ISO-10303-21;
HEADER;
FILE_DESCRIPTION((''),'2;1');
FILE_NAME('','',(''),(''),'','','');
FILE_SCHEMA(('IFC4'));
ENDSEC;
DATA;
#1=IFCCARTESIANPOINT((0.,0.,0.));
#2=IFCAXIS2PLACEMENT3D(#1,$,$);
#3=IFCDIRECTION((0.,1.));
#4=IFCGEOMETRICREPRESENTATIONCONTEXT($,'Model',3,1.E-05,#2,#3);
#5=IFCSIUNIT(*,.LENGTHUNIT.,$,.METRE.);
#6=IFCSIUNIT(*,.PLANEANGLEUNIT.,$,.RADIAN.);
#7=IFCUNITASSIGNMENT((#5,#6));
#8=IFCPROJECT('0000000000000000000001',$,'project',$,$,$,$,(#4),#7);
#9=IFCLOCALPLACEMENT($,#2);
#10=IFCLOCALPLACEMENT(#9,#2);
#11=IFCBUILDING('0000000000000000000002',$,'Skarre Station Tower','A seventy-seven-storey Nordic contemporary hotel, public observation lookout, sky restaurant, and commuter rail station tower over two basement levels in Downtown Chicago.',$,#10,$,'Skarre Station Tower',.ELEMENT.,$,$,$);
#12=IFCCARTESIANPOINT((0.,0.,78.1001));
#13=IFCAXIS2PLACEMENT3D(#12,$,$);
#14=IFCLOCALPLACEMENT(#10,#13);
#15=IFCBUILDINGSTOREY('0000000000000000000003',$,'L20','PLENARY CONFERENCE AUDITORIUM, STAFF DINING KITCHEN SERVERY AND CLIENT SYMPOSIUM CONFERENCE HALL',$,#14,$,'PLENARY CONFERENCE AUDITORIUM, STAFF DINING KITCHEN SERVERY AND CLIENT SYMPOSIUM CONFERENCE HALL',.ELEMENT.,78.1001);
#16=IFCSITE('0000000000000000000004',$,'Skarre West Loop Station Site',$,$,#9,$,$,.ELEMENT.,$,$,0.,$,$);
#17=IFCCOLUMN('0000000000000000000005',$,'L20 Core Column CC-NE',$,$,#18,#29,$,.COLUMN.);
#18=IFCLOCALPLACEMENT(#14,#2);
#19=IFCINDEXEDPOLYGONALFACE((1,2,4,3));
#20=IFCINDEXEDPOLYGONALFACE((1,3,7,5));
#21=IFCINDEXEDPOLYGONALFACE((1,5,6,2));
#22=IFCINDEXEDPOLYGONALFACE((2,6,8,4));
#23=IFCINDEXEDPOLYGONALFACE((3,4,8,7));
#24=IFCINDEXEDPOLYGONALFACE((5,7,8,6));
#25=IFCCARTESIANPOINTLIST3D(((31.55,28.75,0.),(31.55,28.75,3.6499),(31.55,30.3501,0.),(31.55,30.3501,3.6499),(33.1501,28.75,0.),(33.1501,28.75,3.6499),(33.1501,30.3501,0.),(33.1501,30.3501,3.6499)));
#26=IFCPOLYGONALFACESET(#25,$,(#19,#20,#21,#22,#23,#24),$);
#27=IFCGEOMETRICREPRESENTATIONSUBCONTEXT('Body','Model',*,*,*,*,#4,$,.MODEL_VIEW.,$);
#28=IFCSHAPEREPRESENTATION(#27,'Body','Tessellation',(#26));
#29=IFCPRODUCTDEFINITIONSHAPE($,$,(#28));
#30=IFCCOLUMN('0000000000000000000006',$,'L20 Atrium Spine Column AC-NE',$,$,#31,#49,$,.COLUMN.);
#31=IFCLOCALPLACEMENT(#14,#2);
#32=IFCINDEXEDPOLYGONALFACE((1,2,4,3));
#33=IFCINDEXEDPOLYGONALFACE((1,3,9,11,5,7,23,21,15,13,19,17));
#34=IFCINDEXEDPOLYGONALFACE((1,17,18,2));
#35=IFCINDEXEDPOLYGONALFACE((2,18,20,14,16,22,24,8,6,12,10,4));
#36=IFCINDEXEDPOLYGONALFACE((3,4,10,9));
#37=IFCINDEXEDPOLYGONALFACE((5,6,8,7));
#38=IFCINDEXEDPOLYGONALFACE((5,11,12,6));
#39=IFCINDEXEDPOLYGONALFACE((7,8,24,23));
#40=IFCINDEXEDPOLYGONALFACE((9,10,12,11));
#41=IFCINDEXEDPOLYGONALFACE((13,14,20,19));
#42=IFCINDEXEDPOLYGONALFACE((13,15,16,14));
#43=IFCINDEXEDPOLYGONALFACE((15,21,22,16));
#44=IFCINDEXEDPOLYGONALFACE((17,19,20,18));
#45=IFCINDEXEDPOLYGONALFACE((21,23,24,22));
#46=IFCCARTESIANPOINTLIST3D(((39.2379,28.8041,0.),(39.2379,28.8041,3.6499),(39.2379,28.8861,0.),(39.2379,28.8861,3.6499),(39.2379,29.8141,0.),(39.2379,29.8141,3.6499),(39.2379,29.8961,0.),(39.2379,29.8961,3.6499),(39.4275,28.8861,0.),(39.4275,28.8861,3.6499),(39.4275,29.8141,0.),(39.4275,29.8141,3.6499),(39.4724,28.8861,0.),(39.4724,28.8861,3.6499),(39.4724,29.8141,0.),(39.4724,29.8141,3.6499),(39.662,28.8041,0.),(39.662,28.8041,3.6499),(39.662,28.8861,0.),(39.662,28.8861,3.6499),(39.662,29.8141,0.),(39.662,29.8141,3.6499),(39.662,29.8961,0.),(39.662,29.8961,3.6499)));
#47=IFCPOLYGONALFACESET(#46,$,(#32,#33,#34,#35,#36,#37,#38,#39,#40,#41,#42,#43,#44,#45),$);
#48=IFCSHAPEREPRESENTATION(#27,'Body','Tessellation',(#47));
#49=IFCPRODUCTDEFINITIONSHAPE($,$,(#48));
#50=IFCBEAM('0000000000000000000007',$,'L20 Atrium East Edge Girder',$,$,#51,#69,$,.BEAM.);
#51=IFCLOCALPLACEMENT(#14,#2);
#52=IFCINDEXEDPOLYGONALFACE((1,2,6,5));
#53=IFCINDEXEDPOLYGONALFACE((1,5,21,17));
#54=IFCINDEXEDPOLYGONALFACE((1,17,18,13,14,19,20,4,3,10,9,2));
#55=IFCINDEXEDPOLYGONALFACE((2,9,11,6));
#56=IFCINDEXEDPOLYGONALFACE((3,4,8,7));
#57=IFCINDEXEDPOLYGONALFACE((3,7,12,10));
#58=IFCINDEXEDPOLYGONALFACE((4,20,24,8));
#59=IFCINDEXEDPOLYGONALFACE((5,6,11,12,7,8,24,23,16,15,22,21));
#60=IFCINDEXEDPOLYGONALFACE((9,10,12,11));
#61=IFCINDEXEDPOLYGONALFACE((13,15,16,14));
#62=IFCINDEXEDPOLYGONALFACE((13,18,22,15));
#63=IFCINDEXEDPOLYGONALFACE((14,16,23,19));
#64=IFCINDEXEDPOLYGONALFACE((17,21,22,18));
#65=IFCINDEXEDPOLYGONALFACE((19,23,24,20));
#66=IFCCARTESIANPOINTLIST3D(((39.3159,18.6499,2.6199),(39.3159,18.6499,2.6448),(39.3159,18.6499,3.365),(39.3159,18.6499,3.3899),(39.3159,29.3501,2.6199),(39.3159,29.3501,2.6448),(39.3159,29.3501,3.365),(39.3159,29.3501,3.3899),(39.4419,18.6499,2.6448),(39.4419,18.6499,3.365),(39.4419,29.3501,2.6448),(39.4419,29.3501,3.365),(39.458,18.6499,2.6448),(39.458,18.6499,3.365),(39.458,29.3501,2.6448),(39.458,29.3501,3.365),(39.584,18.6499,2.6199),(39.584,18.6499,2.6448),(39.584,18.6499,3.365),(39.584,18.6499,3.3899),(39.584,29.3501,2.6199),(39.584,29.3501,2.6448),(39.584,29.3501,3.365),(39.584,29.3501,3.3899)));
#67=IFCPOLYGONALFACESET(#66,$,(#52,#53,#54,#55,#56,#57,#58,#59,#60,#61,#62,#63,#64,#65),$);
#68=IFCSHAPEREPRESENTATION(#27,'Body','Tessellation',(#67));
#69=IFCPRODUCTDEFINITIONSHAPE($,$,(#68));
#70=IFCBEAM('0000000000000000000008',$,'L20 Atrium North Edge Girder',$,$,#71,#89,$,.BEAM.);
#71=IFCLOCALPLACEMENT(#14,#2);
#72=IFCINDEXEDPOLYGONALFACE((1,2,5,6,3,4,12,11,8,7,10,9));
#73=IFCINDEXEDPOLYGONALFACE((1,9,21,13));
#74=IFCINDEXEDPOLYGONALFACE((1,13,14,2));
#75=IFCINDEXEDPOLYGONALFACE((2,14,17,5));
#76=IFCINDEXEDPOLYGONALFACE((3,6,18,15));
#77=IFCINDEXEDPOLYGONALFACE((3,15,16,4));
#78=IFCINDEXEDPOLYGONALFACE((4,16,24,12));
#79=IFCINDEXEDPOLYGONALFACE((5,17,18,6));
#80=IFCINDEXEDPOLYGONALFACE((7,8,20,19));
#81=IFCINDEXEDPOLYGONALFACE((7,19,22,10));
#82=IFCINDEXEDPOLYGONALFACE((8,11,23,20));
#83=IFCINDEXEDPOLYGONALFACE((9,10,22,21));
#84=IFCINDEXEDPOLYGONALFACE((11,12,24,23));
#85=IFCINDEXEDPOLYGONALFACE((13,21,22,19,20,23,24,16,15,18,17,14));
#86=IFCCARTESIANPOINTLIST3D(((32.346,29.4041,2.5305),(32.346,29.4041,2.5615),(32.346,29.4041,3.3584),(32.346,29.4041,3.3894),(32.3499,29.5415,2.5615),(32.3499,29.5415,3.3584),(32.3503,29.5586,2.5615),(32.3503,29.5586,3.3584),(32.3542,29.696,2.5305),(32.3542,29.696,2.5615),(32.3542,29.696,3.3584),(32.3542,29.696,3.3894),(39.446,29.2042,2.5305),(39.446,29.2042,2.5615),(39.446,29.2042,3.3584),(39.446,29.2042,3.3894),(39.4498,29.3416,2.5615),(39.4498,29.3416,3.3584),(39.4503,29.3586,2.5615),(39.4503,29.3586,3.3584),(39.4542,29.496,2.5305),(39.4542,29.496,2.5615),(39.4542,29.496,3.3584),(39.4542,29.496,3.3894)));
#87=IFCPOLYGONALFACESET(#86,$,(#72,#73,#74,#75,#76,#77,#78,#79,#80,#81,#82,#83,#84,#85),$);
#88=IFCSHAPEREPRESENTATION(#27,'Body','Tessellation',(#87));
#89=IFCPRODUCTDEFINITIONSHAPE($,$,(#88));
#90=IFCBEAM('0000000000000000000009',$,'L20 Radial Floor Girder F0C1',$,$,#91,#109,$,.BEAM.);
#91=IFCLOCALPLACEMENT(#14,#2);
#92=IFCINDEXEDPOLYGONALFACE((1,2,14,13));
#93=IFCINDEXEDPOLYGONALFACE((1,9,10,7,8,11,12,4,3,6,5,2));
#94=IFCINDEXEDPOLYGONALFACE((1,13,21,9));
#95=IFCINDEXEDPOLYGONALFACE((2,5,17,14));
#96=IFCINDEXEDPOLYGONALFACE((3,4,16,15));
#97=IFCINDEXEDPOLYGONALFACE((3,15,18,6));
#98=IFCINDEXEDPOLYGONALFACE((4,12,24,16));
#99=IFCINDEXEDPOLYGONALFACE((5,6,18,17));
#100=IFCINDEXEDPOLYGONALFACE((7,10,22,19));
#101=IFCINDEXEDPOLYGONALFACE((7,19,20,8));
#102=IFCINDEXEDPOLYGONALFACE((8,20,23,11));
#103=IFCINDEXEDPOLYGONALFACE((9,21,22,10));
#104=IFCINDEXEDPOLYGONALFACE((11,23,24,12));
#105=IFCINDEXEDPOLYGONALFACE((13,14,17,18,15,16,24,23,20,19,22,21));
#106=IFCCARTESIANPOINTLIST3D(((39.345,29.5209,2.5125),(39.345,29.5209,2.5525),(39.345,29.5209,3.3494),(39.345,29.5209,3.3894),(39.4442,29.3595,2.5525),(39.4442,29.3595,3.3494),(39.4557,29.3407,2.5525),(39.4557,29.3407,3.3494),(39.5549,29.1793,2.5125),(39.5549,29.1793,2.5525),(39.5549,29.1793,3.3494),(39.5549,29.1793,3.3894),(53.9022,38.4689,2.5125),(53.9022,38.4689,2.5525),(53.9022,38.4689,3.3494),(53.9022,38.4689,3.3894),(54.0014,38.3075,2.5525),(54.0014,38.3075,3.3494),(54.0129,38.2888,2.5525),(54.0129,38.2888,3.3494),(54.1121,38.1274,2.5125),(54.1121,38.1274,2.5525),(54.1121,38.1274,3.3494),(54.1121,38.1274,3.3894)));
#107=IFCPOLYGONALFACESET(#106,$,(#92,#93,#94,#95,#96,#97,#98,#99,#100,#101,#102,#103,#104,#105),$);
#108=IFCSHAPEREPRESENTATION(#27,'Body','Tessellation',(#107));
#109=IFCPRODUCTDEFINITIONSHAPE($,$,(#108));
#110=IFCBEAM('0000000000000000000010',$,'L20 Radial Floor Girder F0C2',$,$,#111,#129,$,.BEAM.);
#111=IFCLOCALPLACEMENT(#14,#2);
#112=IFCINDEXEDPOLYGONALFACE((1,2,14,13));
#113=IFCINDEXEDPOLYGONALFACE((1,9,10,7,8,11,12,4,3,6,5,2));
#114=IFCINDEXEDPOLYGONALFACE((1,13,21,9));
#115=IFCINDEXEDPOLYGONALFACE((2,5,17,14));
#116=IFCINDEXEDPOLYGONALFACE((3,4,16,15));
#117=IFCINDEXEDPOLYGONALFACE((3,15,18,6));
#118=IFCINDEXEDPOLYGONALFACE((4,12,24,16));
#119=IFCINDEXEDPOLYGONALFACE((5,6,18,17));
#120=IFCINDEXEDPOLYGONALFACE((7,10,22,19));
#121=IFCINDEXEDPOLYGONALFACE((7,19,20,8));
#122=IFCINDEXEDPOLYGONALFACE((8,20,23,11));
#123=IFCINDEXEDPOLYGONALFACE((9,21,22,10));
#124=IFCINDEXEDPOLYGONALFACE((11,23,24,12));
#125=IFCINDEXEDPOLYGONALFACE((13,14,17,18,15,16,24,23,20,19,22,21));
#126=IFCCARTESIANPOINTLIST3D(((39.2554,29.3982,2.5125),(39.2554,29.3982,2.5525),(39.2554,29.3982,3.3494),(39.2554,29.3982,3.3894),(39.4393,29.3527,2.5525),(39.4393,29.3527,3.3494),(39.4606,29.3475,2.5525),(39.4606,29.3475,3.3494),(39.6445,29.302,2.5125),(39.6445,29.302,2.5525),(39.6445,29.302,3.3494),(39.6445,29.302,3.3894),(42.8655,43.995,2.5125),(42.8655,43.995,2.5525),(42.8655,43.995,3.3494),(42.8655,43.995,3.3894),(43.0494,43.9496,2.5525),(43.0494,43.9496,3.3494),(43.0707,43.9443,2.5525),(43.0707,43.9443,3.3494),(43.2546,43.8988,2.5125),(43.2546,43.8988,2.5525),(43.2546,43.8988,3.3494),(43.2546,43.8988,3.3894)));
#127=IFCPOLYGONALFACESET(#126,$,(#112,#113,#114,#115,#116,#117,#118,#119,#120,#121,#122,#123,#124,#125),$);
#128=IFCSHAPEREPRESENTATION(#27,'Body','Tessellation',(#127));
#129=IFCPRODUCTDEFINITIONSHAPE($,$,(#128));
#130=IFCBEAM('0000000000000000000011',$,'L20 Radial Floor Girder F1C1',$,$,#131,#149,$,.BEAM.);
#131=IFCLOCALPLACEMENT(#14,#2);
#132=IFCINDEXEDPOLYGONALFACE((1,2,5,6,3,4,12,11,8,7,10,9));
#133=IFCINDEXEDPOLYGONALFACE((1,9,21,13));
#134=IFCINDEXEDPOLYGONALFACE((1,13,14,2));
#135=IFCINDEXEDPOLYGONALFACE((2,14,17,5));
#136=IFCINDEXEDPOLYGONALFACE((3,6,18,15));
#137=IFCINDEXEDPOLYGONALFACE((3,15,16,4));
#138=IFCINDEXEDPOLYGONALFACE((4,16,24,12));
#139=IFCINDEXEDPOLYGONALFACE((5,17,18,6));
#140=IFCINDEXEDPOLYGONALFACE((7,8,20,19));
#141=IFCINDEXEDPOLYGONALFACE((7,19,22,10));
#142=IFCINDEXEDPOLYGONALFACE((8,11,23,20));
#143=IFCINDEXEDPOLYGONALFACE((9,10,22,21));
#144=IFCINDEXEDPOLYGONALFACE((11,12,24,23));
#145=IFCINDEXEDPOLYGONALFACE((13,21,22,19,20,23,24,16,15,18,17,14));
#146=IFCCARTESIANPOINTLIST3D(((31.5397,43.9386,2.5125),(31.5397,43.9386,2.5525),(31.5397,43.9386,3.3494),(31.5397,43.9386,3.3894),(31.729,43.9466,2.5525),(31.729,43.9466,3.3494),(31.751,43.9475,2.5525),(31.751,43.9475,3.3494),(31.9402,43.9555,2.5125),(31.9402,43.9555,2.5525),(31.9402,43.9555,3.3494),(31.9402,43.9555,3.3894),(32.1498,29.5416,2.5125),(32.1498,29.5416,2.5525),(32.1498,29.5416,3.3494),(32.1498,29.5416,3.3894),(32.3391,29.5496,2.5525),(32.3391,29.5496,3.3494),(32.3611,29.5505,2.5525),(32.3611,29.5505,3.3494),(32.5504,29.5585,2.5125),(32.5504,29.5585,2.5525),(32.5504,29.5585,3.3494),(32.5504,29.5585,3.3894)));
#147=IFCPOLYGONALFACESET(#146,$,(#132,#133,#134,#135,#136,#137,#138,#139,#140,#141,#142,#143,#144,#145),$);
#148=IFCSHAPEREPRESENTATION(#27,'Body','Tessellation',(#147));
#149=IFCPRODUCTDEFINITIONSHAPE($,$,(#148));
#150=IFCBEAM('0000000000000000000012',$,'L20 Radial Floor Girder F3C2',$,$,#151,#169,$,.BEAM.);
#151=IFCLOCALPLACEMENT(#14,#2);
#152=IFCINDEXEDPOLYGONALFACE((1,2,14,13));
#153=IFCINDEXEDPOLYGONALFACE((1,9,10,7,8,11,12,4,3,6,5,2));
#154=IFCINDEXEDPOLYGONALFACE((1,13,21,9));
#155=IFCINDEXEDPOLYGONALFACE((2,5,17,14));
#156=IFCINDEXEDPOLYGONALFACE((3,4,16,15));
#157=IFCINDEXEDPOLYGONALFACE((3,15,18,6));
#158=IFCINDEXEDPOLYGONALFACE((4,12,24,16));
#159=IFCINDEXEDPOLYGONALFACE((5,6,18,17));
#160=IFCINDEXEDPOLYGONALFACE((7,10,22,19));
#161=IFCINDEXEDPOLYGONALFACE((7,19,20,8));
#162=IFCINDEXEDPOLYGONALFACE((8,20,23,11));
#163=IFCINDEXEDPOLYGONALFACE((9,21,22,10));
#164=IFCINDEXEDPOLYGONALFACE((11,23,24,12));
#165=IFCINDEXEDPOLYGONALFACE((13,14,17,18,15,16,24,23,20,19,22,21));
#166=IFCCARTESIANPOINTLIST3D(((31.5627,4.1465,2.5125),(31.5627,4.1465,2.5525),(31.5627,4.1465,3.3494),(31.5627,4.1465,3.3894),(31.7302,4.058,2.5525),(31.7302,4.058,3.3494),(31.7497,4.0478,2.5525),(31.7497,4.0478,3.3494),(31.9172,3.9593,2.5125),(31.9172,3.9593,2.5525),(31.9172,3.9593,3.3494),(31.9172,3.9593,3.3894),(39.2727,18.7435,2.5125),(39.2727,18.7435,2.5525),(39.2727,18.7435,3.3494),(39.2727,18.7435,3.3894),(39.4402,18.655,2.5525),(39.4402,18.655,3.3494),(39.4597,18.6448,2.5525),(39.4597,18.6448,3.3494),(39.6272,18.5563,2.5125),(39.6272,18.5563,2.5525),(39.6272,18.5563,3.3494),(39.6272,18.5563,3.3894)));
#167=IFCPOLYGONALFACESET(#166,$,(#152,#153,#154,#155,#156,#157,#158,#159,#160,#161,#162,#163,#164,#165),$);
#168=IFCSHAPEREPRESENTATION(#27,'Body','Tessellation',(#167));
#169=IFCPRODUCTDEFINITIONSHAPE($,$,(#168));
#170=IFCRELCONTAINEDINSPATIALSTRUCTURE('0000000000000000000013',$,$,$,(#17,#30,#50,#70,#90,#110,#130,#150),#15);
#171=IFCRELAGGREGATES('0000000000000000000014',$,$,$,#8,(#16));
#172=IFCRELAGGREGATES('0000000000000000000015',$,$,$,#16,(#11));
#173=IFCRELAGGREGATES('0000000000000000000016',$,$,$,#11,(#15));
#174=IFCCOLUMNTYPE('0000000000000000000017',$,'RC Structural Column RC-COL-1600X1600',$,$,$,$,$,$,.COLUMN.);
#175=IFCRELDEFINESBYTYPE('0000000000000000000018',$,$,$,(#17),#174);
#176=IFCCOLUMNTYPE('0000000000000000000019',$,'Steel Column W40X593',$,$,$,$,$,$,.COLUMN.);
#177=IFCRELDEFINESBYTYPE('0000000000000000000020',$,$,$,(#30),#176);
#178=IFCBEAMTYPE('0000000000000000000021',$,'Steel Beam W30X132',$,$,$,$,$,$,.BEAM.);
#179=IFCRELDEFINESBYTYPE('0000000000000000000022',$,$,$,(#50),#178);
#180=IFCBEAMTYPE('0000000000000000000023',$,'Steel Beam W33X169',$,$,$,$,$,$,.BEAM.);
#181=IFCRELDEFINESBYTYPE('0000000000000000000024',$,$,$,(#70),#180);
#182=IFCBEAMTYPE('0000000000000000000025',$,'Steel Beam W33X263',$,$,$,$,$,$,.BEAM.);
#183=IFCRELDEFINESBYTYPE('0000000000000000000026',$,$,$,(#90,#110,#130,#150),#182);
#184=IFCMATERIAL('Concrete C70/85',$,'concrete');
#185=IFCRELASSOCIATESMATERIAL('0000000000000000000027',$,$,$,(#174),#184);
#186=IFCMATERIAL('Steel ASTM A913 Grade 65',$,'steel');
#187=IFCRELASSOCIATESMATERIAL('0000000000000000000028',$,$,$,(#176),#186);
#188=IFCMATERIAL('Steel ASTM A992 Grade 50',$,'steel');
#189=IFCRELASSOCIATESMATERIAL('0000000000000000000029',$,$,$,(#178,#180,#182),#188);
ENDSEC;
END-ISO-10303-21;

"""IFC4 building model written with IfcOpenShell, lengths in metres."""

from ifc_helpers import new_model, si_unit, direction, frame, origin, origin_2d, place, context, subcontext, project, spatial, rectangle, i_section, extrude, material, material_profile, profile_set, type_object, element, save


model = new_model("IFC4")

# Units and contexts
model_context = context("Model", 3, precision=1e-05, world=origin(), true_north=direction((0.0, 1.0)))
body_context = subcontext(model_context, "Body", "Model", "MODEL_VIEW")
ifc_project = project(units=[si_unit("LENGTHUNIT", "METRE"), si_unit("PLANEANGLEUNIT", "RADIAN")], contexts=[model_context])

# Site, building, storey
site_placement = place(None, origin())
site = spatial("IfcSite", under=ifc_project, at=site_placement, Name="Skarre West Loop Station Site", CompositionType="ELEMENT", RefElevation=0.0)
building_placement = place(site_placement, origin())
building = spatial("IfcBuilding", under=site, at=building_placement, Name="Skarre Station Tower", Description="A seventy-seven-storey Nordic contemporary hotel, public observation lookout, sky restaurant, and commuter rail station tower over two basement levels in Downtown Chicago.", LongName="Skarre Station Tower", CompositionType="ELEMENT")
storey_placement = place(building_placement, frame((0.0, 0.0, 78.1001)))
storey = spatial("IfcBuildingStorey", under=building, at=storey_placement, Name="L20", Description="PLENARY CONFERENCE AUDITORIUM, STAFF DINING KITCHEN SERVERY AND CLIENT SYMPOSIUM CONFERENCE HALL", LongName="PLENARY CONFERENCE AUDITORIUM, STAFF DINING KITCHEN SERVERY AND CLIENT SYMPOSIUM CONFERENCE HALL", CompositionType="ELEMENT", Elevation=78.1001)

# Columns
ifc_material_1 = material(Name="Concrete C70/85", Category="concrete")
ifc_material_profile_1 = material_profile(ifc_material_1, rectangle(XDim=1.6001, YDim=1.6001, at=origin_2d()), Name="Concrete C70/85")
ifc_profile_set_1 = profile_set([ifc_material_profile_1], Name="Concrete C70/85")
column_type_1 = type_object("IfcColumnType", Name="RC Structural Column RC-COL-1600X1600", PredefinedType="COLUMN", material=ifc_profile_set_1)
column_1_placement = place(storey_placement, frame((32.3501, 29.55, 0.0), z_axis=(0.0, 0.0, 1.0), x_axis=(1.0, 0.0, 0.0)))
element("IfcColumn", 1, at=column_1_placement, inside=storey, type_object=column_type_1, Name="L20 Core Column CC-NE", PredefinedType="COLUMN", context=body_context, shape_type="SweptSolid", body=[
    extrude(rectangle(XDim=1.6001, YDim=1.6001, at=origin_2d()), origin(), (0.0, 0.0, 1.0), 3.6499),
])
ifc_material_2 = material(Name="Steel ASTM A913 Grade 65", Category="steel")
ifc_material_profile_2 = material_profile(ifc_material_2, i_section(OverallWidth=0.4241, OverallDepth=1.092, WebThickness=0.0449, FlangeThickness=0.082, at=origin_2d()), Name="Steel ASTM A913 Grade 65")
ifc_profile_set_2 = profile_set([ifc_material_profile_2], Name="Steel ASTM A913 Grade 65")
column_type_2 = type_object("IfcColumnType", Name="Steel Column W40X593", PredefinedType="COLUMN", material=ifc_profile_set_2)
column_2_placement = place(storey_placement, frame((39.45, 29.3501, 0.0), z_axis=(0.0, 0.0, 1.0), x_axis=(1.0, 0.0, 0.0)))
element("IfcColumn", 2, at=column_2_placement, inside=storey, type_object=column_type_2, Name="L20 Atrium Spine Column AC-NE", PredefinedType="COLUMN", context=body_context, shape_type="SweptSolid", body=[
    extrude(i_section(OverallWidth=0.4241, OverallDepth=1.092, WebThickness=0.0449, FlangeThickness=0.082, at=origin_2d()), origin(), (0.0, 0.0, 1.0), 3.6499),
])

# Beams
ifc_material_3 = material(Name="Steel ASTM A992 Grade 50", Category="steel")
ifc_material_profile_3 = material_profile(ifc_material_3, i_section(OverallWidth=0.2681, OverallDepth=0.77, WebThickness=0.0161, FlangeThickness=0.0249, at=origin_2d()), Name="Steel ASTM A992 Grade 50")
ifc_profile_set_3 = profile_set([ifc_material_profile_3], Name="Steel ASTM A992 Grade 50")
beam_type_1 = type_object("IfcBeamType", Name="Steel Beam W30X132", PredefinedType="BEAM", material=ifc_profile_set_3)
beam_1_placement = place(storey_placement, frame((39.45, 18.6499, 3.0049), z_axis=(0.0, 1.0, 0.0), x_axis=(-1.0, 0.0, 0.0)))
element("IfcBeam", 3, at=beam_1_placement, inside=storey, type_object=beam_type_1, Name="L20 Atrium East Edge Girder", PredefinedType="BEAM", context=body_context, shape_type="SweptSolid", body=[
    extrude(i_section(OverallWidth=0.2681, OverallDepth=0.77, WebThickness=0.0161, FlangeThickness=0.0249, at=origin_2d()), origin(), (0.0, 0.0, 1.0), 10.7002),
])
ifc_material_profile_4 = material_profile(ifc_material_3, i_section(OverallWidth=0.292, OverallDepth=0.8589, WebThickness=0.0171, FlangeThickness=0.031, at=origin_2d()), Name="Steel ASTM A992 Grade 50")
ifc_profile_set_4 = profile_set([ifc_material_profile_4], Name="Steel ASTM A992 Grade 50")
beam_type_2 = type_object("IfcBeamType", Name="Steel Beam W33X169", PredefinedType="BEAM", material=ifc_profile_set_4)
beam_2_placement = place(storey_placement, frame((32.3501, 29.55, 2.96), z_axis=(0.999604, -0.028152, 0.0), x_axis=(0.028152, 0.999604, 0.0)))
element("IfcBeam", 4, at=beam_2_placement, inside=storey, type_object=beam_type_2, Name="L20 Atrium North Edge Girder", PredefinedType="BEAM", context=body_context, shape_type="SweptSolid", body=[
    extrude(i_section(OverallWidth=0.292, OverallDepth=0.8589, WebThickness=0.0171, FlangeThickness=0.031, at=origin_2d()), origin(), (0.0, 0.0, 1.0), 7.1028),
])
ifc_material_profile_5 = material_profile(ifc_material_3, i_section(OverallWidth=0.4009, OverallDepth=0.877, WebThickness=0.022, FlangeThickness=0.04, at=origin_2d()), Name="Steel ASTM A992 Grade 50")
ifc_profile_set_5 = profile_set([ifc_material_profile_5], Name="Steel ASTM A992 Grade 50")
beam_type_3 = type_object("IfcBeamType", Name="Steel Beam W33X263", PredefinedType="BEAM", material=ifc_profile_set_5)
beam_3_placement = place(storey_placement, frame((39.45, 29.3501, 2.9509), z_axis=(0.851926, 0.523663, 0.0), x_axis=(-0.523663, 0.851926, 0.0)))
element("IfcBeam", 5, at=beam_3_placement, inside=storey, type_object=beam_type_3, Name="L20 Radial Floor Girder F0C1", PredefinedType="BEAM", context=body_context, shape_type="SweptSolid", body=[
    extrude(i_section(OverallWidth=0.4009, OverallDepth=0.877, WebThickness=0.022, FlangeThickness=0.04, at=origin_2d()), origin(), (0.0, 0.0, 1.0), 17.0874),
])
beam_4_placement = place(storey_placement, frame((39.45, 29.3501, 2.9509), z_axis=(0.240086, 0.970752, 0.0), x_axis=(-0.970752, 0.240086, 0.0)))
element("IfcBeam", 6, at=beam_4_placement, inside=storey, type_object=beam_type_3, Name="L20 Radial Floor Girder F0C2", PredefinedType="BEAM", context=body_context, shape_type="SweptSolid", body=[
    extrude(i_section(OverallWidth=0.4009, OverallDepth=0.877, WebThickness=0.022, FlangeThickness=0.04, at=origin_2d()), origin(), (0.0, 0.0, 1.0), 15.0366),
])
beam_5_placement = place(storey_placement, frame((32.3501, 29.55, 2.9509), z_axis=(-0.042339, 0.999103, 0.0), x_axis=(-0.999103, -0.042339, 0.0)))
element("IfcBeam", 7, at=beam_5_placement, inside=storey, type_object=beam_type_3, Name="L20 Radial Floor Girder F1C1", PredefinedType="BEAM", context=body_context, shape_type="SweptSolid", body=[
    extrude(i_section(OverallWidth=0.4009, OverallDepth=0.877, WebThickness=0.022, FlangeThickness=0.04, at=origin_2d()), origin(), (0.0, 0.0, 1.0), 14.4099),
])
beam_6_placement = place(storey_placement, frame((39.45, 18.6499, 2.9509), z_axis=(-0.467044, -0.884234, 0.0), x_axis=(0.884234, -0.467044, 0.0)))
element("IfcBeam", 8, at=beam_6_placement, inside=storey, type_object=beam_type_3, Name="L20 Radial Floor Girder F3C2", PredefinedType="BEAM", context=body_context, shape_type="SweptSolid", body=[
    extrude(i_section(OverallWidth=0.4009, OverallDepth=0.877, WebThickness=0.022, FlangeThickness=0.04, at=origin_2d()), origin(), (0.0, 0.0, 1.0), 16.5081),
])

save(model, "model.ifc")
